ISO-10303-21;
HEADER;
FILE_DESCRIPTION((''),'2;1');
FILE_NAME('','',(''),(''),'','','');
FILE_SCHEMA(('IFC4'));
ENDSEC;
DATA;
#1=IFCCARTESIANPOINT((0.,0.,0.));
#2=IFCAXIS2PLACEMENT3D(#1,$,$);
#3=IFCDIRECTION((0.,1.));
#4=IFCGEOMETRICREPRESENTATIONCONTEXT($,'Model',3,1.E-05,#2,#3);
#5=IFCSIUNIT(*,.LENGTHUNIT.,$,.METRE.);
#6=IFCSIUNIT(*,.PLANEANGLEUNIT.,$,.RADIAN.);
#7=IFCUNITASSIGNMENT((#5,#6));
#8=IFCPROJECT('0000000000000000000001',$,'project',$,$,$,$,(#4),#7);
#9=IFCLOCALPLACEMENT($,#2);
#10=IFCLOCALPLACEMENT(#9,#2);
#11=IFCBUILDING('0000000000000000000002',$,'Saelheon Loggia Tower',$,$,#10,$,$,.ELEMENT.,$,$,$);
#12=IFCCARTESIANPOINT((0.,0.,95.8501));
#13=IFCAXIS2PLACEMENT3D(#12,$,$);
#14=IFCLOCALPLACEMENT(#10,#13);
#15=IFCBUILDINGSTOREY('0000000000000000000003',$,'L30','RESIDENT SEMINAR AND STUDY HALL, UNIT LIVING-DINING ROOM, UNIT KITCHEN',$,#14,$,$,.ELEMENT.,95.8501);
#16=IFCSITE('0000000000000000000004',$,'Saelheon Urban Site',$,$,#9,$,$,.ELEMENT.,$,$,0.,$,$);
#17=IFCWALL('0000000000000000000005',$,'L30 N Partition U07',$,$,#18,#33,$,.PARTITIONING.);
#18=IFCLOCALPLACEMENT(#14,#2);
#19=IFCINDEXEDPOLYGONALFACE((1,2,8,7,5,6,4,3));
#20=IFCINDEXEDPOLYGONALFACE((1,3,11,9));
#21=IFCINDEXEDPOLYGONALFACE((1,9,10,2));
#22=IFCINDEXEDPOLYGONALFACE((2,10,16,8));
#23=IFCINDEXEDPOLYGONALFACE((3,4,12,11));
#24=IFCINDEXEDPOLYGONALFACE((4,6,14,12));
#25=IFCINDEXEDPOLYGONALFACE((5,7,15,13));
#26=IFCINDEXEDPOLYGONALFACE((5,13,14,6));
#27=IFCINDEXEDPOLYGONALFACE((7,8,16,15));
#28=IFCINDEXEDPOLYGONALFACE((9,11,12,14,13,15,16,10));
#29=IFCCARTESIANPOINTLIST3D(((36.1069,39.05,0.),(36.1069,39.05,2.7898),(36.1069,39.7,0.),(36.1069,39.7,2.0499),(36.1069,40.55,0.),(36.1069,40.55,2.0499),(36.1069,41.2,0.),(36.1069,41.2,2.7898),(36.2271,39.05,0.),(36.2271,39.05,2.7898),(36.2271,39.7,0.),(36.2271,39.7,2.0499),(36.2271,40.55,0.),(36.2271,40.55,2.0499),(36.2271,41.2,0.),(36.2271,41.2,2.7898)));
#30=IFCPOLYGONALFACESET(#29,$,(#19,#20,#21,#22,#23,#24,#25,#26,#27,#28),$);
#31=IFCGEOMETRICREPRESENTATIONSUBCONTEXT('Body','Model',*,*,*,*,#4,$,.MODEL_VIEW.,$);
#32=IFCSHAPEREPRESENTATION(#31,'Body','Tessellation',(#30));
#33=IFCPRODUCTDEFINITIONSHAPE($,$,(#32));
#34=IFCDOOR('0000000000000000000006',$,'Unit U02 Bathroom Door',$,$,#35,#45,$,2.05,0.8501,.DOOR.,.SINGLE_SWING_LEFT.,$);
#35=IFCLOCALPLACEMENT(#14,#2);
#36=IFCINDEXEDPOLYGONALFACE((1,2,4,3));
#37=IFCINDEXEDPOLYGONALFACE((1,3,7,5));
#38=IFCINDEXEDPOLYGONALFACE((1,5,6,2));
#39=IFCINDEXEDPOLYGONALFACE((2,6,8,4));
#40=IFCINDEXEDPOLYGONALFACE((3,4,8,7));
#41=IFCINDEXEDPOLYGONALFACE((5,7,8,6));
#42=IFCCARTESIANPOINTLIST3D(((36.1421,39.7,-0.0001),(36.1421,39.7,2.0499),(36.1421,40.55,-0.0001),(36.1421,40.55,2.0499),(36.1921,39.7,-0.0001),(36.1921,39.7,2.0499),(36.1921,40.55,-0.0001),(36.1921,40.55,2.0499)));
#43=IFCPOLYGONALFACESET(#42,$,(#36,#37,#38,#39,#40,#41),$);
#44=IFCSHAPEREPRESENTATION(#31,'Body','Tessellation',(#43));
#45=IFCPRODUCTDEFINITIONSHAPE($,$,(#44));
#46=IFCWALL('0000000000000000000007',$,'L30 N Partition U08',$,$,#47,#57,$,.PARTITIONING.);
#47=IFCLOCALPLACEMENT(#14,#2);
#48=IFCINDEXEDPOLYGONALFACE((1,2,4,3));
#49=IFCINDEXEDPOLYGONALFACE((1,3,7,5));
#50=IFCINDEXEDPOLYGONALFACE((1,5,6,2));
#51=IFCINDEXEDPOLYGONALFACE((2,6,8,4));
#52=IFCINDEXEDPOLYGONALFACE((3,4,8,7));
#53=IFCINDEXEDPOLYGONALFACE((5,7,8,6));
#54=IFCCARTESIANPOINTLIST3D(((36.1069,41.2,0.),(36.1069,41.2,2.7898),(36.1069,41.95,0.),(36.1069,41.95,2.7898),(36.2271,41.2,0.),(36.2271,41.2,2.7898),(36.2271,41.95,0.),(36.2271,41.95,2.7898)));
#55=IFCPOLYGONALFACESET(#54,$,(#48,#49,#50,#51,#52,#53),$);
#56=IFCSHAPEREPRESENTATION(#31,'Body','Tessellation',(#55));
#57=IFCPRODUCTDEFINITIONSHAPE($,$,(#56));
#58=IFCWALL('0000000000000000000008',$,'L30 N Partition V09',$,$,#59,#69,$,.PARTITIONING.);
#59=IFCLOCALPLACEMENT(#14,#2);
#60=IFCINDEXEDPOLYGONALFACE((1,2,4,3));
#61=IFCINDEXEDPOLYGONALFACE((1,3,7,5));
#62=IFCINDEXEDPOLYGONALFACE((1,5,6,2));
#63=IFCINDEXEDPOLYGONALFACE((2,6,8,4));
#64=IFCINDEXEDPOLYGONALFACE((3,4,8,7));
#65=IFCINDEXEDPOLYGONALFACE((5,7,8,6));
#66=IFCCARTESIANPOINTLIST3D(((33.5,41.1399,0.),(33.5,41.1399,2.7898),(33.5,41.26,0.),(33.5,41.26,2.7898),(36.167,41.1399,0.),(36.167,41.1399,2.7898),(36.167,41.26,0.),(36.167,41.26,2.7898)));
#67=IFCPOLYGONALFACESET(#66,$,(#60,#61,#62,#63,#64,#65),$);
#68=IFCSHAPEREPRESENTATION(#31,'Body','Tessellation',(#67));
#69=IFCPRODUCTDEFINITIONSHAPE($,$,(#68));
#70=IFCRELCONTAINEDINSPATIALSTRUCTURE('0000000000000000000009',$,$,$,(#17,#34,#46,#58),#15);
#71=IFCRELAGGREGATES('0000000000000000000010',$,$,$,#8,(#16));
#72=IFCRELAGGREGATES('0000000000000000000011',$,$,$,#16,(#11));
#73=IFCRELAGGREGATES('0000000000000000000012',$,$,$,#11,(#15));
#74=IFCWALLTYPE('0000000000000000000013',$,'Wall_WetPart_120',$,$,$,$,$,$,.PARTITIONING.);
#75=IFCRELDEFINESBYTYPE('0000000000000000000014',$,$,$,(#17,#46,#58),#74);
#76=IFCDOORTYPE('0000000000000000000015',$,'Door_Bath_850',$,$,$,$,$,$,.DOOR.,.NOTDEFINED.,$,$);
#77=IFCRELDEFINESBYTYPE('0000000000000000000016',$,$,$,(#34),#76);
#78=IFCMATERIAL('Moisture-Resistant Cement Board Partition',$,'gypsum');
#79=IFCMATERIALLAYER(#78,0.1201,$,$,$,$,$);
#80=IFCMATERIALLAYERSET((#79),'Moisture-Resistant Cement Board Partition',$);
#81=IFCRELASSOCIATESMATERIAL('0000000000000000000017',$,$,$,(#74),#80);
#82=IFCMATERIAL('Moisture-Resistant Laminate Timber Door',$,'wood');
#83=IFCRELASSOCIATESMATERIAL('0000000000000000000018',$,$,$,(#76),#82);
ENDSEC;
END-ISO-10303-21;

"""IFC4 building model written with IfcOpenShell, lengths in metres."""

from ifc_helpers import new_model, si_unit, direction, frame, frame_2d, origin, place, context, subcontext, project, spatial, rectangle, extrude, source, transform, mapped, material, layer, layer_set, type_object, element, fill, save


model = new_model("IFC4")

# Units and contexts
model_context = context("Model", 3, precision=1e-05, world=origin(), true_north=direction((0.0, 1.0)))
body_context = subcontext(model_context, "Body", "Model", "MODEL_VIEW")
ifc_project = project(units=[si_unit("LENGTHUNIT", "METRE"), si_unit("PLANEANGLEUNIT", "RADIAN")], contexts=[model_context])

# Site, building, storey
site_placement = place(None, origin())
site = spatial("IfcSite", under=ifc_project, at=site_placement, Name="Saelheon Urban Site", CompositionType="ELEMENT", RefElevation=0.0)
building_placement = place(site_placement, origin())
building = spatial("IfcBuilding", under=site, at=building_placement, Name="Saelheon Loggia Tower", CompositionType="ELEMENT")
storey_placement = place(building_placement, frame((0.0, 0.0, 95.8501)))
storey = spatial("IfcBuildingStorey", under=building, at=storey_placement, Name="L30", Description="RESIDENT SEMINAR AND STUDY HALL, UNIT LIVING-DINING ROOM, UNIT KITCHEN", CompositionType="ELEMENT", Elevation=95.8501)

# Wall, opening, door
ifc_material_1 = material(Name="Moisture-Resistant Cement Board Partition", Category="gypsum")
ifc_layer_1 = layer(ifc_material_1, 0.1201)
ifc_layer_set_1 = layer_set([ifc_layer_1], Name="Moisture-Resistant Cement Board Partition")
wall_type_1 = type_object("IfcWallType", Name="Wall_WetPart_120", PredefinedType="PARTITIONING", material=ifc_layer_set_1)
wall_1_placement = place(storey_placement, frame((36.167, 39.05, 0.0), z_axis=(0.0, 0.0, 1.0), x_axis=(0.0, 1.0, 0.0)))
wall_1 = element("IfcWall", 1, at=wall_1_placement, inside=storey, type_object=wall_type_1, Name="L30 N Partition U07", PredefinedType="PARTITIONING", context=body_context, shape_type="SweptSolid", body=[
    extrude(rectangle(XDim=2.1499, YDim=0.1201, at=frame_2d((1.075, 0.0))), origin(), (0.0, 0.0, 1.0), 2.7898),
])
opening_1_placement = place(wall_1_placement, frame((0.6499, 0.0, 0.0)))
opening_1 = element("IfcOpeningElement", 2, at=opening_1_placement, cuts=wall_1, PredefinedType="OPENING", context=body_context, shape_type="SweptSolid", body=[
    extrude(rectangle(XDim=0.8501, YDim=2.05, at=frame_2d((0.425, 1.0249))), frame((0.0, 0.072, 0.0), z_axis=(0.0, -1.0, 0.0), x_axis=(1.0, 0.0, 0.0)), (0.0, 0.0, 1.0), 0.144),
])
ifc_material_2 = material(Name="Moisture-Resistant Laminate Timber Door", Category="wood")
door_type_1 = type_object("IfcDoorType", Name="Door_Bath_850", OperationType="NOTDEFINED", PredefinedType="DOOR", material=ifc_material_2)
shared_shape_1 = source(origin(), body_context, "Body", "SweptSolid", [
    extrude(rectangle(XDim=0.8501, YDim=2.05, at=frame_2d((0.425, 1.0249))), frame((0.0, 0.0249, 0.0), z_axis=(0.0, -1.0, 0.0), x_axis=(1.0, 0.0, 0.0)), (0.0, 0.0, 1.0), 0.05),
])
door_1_placement = place(opening_1_placement, origin())
door_1 = element("IfcDoor", 3, at=door_1_placement, inside=storey, type_object=door_type_1, Name="Unit U02 Bathroom Door", OperationType="SINGLE_SWING_LEFT", OverallHeight=2.05, OverallWidth=0.8501, PredefinedType="DOOR", context=body_context, shape_type="MappedRepresentation", body=[
    mapped(shared_shape_1, transform((0.0, 0.0, 0.0), scale=1.0)),
])
fill(opening_1, door_1)

# Walls
wall_2_placement = place(storey_placement, frame((36.167, 41.2, 0.0), z_axis=(0.0, 0.0, 1.0), x_axis=(0.0, 1.0, 0.0)))
element("IfcWall", 4, at=wall_2_placement, inside=storey, type_object=wall_type_1, Name="L30 N Partition U08", PredefinedType="PARTITIONING", context=body_context, shape_type="SweptSolid", body=[
    extrude(rectangle(XDim=0.75, YDim=0.1201, at=frame_2d((0.375, 0.0))), origin(), (0.0, 0.0, 1.0), 2.7898),
])
wall_3_placement = place(storey_placement, frame((33.5, 41.2, 0.0), z_axis=(0.0, 0.0, 1.0), x_axis=(1.0, 0.0, 0.0)))
element("IfcWall", 5, at=wall_3_placement, inside=storey, type_object=wall_type_1, Name="L30 N Partition V09", PredefinedType="PARTITIONING", context=body_context, shape_type="SweptSolid", body=[
    extrude(rectangle(XDim=2.667, YDim=0.1201, at=frame_2d((1.3335, 0.0))), origin(), (0.0, 0.0, 1.0), 2.7898),
])

save(model, "model.ifc")
